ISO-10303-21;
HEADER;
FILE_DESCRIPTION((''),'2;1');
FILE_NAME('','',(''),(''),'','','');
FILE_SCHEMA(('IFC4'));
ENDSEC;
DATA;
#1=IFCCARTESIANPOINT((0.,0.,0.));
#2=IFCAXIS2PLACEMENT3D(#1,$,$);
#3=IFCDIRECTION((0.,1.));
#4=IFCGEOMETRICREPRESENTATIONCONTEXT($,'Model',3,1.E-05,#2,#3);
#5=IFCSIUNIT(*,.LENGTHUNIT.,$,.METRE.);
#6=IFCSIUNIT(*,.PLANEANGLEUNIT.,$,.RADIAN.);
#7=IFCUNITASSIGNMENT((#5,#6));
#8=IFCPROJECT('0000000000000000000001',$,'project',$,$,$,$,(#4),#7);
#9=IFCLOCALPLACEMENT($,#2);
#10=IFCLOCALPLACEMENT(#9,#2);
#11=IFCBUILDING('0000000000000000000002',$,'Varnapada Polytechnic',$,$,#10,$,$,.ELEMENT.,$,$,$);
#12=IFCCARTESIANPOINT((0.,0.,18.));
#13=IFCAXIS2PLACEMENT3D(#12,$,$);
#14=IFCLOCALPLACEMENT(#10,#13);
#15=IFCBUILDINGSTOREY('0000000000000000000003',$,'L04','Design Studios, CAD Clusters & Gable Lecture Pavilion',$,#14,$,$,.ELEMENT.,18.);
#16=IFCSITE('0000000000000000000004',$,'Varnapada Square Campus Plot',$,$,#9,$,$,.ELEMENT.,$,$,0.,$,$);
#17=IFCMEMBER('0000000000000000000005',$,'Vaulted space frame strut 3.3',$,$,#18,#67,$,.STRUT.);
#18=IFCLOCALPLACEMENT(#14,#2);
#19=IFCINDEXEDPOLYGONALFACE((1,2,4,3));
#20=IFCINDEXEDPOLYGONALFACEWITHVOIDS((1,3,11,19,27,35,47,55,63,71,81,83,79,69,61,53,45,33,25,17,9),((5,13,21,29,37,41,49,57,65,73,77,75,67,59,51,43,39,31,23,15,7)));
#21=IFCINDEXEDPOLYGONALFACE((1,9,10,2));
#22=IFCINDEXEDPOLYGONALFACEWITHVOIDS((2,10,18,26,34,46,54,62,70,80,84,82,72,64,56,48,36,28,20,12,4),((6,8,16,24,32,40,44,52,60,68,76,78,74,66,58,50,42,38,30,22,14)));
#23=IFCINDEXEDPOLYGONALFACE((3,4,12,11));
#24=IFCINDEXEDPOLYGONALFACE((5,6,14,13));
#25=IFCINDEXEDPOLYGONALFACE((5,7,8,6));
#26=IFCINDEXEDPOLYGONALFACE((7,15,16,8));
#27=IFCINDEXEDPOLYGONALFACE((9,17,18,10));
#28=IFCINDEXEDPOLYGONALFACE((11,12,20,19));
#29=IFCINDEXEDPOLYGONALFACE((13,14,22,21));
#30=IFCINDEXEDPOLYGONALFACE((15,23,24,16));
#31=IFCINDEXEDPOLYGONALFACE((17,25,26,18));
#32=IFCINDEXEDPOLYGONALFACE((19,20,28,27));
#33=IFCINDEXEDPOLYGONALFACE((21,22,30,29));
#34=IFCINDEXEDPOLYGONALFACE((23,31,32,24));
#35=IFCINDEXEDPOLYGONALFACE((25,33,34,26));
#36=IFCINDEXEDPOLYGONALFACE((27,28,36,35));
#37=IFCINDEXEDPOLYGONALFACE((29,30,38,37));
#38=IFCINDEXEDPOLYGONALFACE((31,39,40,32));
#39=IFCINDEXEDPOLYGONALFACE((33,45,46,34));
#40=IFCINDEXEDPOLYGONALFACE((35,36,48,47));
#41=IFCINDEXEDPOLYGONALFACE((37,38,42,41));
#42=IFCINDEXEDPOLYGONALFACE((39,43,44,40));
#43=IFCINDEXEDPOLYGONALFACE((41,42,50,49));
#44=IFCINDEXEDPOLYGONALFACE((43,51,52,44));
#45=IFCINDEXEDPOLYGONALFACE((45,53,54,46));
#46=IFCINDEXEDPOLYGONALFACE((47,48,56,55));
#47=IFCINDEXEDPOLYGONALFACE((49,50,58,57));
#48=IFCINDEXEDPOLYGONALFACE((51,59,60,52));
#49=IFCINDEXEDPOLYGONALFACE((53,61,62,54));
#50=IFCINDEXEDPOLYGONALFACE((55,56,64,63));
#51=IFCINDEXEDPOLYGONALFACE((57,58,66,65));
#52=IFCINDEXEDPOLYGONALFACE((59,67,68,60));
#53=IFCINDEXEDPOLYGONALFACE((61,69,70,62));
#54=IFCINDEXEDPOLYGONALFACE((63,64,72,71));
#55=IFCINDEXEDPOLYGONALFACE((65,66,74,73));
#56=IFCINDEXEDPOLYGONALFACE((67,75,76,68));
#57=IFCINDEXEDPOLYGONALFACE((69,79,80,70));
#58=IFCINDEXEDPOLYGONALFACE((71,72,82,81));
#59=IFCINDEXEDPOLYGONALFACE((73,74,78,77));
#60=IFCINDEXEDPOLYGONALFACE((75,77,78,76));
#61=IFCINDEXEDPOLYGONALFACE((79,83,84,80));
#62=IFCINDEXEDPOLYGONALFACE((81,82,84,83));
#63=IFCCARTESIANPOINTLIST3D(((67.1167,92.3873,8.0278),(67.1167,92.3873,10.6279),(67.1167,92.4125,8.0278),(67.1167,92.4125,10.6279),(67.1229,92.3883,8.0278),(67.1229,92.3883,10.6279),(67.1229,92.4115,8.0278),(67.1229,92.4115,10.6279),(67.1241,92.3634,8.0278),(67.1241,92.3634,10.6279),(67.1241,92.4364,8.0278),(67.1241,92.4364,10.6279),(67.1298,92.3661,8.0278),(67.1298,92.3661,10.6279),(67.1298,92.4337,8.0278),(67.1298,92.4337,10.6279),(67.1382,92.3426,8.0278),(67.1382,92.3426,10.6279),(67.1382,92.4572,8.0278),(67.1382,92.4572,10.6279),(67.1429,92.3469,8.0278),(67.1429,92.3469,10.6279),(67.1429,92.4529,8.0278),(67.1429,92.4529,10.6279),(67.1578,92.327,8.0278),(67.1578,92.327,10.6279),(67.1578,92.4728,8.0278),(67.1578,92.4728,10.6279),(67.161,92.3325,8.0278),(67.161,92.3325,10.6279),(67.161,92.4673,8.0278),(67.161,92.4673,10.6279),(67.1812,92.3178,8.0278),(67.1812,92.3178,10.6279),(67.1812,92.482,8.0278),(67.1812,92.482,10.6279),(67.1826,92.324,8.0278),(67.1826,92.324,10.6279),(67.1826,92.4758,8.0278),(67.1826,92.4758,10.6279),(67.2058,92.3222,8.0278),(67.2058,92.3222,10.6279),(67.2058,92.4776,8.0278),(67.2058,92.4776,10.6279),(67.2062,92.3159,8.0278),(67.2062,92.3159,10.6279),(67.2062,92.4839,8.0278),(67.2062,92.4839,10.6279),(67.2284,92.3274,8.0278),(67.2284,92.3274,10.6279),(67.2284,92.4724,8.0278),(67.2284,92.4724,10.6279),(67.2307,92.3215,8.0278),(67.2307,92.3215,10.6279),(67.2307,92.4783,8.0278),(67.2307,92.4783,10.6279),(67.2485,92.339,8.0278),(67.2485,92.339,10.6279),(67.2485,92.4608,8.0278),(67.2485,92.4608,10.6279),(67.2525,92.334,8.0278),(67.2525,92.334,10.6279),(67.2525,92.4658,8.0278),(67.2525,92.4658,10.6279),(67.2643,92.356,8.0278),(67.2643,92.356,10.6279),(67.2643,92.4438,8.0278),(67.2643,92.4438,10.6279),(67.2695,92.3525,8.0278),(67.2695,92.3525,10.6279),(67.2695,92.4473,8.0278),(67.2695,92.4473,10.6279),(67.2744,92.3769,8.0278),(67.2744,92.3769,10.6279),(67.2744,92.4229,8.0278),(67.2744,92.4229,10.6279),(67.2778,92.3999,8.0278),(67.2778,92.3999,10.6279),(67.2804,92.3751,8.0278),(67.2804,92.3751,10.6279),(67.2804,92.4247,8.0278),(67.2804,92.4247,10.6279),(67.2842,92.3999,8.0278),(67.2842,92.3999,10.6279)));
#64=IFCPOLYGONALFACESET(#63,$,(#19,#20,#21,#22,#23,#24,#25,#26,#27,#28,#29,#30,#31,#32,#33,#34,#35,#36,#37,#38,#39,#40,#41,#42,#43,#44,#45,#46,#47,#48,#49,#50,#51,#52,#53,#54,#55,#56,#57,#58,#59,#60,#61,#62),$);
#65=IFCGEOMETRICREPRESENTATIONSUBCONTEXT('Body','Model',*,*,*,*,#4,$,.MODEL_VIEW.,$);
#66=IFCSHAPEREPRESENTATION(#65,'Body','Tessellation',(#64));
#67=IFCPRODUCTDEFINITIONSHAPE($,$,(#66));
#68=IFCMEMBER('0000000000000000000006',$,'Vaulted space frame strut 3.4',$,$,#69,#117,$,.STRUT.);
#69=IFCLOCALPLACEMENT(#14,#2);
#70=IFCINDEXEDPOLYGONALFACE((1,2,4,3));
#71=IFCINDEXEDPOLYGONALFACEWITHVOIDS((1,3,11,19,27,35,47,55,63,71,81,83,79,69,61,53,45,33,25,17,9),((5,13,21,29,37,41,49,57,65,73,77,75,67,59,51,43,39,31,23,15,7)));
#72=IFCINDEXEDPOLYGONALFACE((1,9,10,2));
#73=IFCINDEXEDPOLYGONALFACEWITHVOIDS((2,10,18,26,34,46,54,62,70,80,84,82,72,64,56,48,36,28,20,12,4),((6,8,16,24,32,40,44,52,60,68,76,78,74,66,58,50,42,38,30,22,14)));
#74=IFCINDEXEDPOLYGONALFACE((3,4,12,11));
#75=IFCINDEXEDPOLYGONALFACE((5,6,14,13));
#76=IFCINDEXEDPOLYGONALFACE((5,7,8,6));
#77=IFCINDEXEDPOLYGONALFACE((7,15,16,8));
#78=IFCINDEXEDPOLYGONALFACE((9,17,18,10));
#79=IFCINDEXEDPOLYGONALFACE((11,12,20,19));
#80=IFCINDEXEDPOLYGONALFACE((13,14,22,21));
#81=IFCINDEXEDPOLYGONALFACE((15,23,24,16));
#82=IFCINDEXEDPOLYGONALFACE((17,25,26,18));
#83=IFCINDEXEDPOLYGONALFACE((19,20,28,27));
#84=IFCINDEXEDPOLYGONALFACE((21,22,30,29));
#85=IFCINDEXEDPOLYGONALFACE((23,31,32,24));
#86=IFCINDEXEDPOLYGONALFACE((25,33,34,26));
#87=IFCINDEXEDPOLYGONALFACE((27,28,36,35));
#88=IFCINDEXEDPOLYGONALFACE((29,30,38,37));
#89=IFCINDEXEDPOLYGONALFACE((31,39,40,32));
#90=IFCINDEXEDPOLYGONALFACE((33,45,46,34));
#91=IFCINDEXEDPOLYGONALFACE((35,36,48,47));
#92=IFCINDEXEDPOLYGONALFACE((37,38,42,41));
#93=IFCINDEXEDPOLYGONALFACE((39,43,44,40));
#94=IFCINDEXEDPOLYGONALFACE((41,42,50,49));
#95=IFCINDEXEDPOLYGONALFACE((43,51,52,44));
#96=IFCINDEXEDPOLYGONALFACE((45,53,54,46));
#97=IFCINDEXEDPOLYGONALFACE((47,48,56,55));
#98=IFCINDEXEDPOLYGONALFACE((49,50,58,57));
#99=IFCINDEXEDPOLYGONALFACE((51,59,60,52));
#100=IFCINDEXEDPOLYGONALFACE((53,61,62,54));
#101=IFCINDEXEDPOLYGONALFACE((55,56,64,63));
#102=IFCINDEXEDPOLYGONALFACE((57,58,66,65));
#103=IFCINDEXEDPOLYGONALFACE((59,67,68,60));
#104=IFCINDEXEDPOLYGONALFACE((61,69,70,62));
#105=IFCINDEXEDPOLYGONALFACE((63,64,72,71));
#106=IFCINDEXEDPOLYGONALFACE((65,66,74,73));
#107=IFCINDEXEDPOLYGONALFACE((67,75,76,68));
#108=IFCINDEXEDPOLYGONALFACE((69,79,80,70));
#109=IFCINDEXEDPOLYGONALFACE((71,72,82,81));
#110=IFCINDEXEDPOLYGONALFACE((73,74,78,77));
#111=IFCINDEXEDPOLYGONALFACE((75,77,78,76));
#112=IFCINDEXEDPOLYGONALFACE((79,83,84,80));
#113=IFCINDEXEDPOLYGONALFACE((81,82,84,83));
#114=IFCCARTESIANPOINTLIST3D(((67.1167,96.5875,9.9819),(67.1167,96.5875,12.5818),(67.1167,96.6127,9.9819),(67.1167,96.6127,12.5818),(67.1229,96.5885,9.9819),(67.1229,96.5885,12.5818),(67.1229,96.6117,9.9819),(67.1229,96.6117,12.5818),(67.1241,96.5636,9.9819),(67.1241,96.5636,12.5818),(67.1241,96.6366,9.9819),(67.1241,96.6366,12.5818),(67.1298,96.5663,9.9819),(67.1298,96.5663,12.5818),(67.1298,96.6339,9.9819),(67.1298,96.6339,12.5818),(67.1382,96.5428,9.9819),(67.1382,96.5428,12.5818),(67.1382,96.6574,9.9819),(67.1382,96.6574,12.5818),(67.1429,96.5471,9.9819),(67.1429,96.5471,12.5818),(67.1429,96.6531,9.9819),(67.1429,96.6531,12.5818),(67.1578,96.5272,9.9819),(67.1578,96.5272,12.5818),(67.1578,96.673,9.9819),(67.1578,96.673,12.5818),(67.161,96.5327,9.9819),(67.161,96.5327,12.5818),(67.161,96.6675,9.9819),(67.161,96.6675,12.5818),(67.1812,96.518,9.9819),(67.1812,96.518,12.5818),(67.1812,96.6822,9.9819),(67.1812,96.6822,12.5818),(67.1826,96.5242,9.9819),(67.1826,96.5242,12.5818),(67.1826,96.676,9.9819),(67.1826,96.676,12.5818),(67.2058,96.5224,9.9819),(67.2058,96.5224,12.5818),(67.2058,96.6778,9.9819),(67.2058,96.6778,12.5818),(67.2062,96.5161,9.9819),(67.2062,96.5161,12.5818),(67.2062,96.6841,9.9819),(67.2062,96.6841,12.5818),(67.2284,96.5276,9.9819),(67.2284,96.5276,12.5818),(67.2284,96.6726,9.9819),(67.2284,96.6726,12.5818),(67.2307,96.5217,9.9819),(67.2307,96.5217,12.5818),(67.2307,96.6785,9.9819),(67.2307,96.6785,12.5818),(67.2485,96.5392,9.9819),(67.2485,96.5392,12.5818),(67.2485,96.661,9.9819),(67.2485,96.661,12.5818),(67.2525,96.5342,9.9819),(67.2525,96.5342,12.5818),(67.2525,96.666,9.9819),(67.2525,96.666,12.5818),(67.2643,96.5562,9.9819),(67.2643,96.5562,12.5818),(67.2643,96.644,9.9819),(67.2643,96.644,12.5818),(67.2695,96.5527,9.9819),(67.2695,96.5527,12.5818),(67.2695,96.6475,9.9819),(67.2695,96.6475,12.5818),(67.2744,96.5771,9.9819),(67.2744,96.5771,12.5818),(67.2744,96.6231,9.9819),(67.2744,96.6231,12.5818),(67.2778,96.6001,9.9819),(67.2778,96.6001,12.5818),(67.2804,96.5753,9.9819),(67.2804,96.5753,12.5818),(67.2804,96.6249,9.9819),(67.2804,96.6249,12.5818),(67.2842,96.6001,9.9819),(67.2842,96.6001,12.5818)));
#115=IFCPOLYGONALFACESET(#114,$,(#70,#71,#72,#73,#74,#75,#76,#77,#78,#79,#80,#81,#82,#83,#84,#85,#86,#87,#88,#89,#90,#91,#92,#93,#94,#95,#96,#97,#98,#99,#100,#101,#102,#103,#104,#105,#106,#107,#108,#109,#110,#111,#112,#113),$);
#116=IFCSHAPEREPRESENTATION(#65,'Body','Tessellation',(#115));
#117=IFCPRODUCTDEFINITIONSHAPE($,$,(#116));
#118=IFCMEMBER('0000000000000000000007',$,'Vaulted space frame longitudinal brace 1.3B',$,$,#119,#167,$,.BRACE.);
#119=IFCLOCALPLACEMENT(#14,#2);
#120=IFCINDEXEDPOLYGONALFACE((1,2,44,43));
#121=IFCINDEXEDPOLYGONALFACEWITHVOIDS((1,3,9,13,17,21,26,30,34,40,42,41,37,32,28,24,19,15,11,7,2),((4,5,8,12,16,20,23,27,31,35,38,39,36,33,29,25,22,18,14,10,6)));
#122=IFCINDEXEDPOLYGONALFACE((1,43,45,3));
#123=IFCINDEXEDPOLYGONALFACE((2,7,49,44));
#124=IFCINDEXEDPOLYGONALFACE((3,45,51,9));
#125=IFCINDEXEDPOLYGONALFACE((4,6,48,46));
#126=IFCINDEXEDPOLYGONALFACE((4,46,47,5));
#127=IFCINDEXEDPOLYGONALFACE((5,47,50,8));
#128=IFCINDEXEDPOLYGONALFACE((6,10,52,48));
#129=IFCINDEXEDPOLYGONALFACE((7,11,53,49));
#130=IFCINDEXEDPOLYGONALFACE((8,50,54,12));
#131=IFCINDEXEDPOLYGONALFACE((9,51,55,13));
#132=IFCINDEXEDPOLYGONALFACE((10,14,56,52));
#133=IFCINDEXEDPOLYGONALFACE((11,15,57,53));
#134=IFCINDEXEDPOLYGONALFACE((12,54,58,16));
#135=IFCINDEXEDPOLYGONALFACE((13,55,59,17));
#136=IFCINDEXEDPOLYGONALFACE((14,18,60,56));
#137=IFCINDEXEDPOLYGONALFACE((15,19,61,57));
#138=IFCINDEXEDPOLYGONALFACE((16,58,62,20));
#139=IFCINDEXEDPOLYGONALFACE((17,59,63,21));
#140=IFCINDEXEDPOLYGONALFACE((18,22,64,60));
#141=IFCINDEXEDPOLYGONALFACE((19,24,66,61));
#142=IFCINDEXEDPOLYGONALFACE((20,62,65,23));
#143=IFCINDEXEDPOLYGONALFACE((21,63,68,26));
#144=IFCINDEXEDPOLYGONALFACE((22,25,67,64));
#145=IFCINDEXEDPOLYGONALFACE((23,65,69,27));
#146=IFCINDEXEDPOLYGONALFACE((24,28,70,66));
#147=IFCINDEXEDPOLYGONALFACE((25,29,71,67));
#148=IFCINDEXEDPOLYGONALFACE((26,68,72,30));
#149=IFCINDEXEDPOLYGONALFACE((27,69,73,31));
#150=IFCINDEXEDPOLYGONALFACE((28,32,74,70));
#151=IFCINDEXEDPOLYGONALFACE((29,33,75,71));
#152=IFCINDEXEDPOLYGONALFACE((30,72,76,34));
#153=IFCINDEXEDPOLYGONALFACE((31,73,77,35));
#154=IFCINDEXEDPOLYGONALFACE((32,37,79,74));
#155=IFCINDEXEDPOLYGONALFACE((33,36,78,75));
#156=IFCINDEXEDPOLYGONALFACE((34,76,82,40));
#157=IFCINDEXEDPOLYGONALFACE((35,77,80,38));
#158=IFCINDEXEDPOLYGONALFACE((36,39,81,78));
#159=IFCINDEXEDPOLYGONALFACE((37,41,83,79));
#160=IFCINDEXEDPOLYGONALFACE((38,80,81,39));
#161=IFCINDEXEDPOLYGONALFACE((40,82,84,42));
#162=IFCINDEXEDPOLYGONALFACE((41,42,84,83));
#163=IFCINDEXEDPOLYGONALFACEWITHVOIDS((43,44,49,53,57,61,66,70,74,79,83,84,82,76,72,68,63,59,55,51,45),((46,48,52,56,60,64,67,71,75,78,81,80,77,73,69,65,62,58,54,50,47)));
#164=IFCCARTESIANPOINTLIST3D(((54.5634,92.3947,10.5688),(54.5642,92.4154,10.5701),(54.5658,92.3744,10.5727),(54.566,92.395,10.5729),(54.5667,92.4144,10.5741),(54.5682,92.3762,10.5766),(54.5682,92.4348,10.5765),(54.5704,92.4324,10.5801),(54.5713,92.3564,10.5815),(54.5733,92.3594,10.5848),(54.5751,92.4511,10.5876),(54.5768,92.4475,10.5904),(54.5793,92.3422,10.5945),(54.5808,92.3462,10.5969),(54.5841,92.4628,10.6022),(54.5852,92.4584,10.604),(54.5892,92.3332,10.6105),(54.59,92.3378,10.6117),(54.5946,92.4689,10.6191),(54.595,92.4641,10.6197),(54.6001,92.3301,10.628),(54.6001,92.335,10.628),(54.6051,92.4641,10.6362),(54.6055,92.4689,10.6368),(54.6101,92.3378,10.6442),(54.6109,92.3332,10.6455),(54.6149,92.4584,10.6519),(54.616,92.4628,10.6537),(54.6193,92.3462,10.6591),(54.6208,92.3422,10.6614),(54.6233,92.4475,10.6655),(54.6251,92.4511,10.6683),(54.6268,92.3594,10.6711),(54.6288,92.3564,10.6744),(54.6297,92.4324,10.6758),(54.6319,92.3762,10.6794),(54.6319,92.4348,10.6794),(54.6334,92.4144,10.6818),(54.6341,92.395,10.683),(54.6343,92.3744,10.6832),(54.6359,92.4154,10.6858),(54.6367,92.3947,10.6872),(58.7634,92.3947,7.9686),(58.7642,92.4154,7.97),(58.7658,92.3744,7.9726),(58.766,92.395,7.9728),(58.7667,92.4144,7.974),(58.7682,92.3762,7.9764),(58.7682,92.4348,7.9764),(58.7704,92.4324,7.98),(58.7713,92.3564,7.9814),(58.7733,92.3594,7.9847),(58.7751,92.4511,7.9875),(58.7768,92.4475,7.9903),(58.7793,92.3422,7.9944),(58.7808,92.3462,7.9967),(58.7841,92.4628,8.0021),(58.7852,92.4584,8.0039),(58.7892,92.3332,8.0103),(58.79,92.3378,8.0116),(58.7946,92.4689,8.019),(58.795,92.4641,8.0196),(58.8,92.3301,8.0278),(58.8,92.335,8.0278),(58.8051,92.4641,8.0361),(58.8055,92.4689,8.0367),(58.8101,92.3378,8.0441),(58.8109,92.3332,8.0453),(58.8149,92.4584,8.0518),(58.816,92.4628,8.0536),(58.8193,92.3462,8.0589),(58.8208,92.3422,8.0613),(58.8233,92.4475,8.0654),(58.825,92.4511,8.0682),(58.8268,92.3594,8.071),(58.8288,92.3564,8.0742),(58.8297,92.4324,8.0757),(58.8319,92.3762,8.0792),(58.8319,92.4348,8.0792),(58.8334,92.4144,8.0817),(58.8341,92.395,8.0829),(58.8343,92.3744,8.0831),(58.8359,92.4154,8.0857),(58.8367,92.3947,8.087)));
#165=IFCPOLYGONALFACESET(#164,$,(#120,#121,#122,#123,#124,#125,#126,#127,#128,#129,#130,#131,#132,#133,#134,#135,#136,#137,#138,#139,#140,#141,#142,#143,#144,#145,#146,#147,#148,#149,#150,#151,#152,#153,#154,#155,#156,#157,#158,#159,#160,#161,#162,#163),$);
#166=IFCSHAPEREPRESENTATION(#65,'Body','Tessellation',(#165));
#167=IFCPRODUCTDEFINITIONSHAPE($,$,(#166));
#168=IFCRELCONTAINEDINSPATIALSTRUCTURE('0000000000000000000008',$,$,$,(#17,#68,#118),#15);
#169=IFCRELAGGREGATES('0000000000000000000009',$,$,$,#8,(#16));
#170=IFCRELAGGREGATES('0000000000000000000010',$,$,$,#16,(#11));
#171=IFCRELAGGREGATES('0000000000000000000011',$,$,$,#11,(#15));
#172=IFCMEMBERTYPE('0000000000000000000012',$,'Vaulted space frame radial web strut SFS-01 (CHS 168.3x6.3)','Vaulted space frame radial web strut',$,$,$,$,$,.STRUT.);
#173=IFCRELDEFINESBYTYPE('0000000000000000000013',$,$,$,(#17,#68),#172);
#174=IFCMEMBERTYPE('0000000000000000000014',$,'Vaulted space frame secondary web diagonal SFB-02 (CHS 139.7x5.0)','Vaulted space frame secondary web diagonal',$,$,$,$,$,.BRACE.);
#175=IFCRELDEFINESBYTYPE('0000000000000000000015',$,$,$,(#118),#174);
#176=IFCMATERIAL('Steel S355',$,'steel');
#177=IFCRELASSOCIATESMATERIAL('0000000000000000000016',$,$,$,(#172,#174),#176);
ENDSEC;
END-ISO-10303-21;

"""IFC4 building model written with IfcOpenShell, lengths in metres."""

from ifc_helpers import new_model, si_unit, direction, frame, origin, origin_2d, place, context, subcontext, project, spatial, hollow_circle, extrude, material, material_profile, profile_set, type_object, element, save


model = new_model("IFC4")

# Units and contexts
model_context = context("Model", 3, precision=1e-05, world=origin(), true_north=direction((0.0, 1.0)))
body_context = subcontext(model_context, "Body", "Model", "MODEL_VIEW")
ifc_project = project(units=[si_unit("LENGTHUNIT", "METRE"), si_unit("PLANEANGLEUNIT", "RADIAN")], contexts=[model_context])

# Site, building, storey
site_placement = place(None, origin())
site = spatial("IfcSite", under=ifc_project, at=site_placement, Name="Varnapada Square Campus Plot", CompositionType="ELEMENT", RefElevation=0.0)
building_placement = place(site_placement, origin())
building = spatial("IfcBuilding", under=site, at=building_placement, Name="Varnapada Polytechnic", CompositionType="ELEMENT")
storey_placement = place(building_placement, frame((0.0, 0.0, 18.0)))
storey = spatial("IfcBuildingStorey", under=building, at=storey_placement, Name="L04", Description="Design Studios, CAD Clusters & Gable Lecture Pavilion", CompositionType="ELEMENT", Elevation=18.0)

# Shared definitions
ifc_material = material(Name="Steel S355", Category="steel")

# Members
ifc_material_profile_1 = material_profile(ifc_material, hollow_circle(Radius=0.0842, WallThickness=0.0063, at=origin_2d()), Name="CHS 168.3x6.3")
ifc_profile_set_1 = profile_set([ifc_material_profile_1], Name="Steel S355")
member_type_1 = type_object("IfcMemberType", Name="Vaulted space frame radial web strut SFS-01 (CHS 168.3x6.3)", Description="Vaulted space frame radial web strut", PredefinedType="STRUT", material=ifc_profile_set_1)
member_1_placement = place(storey_placement, frame((67.2, 92.3999, 8.0278), z_axis=(0.0, 0.0, 1.0), x_axis=(1.0, 0.0, 0.0)))
element("IfcMember", 1, at=member_1_placement, inside=storey, type_object=member_type_1, Name="Vaulted space frame strut 3.3", PredefinedType="STRUT", context=body_context, shape_type="SweptSolid", body=[
    extrude(hollow_circle(Radius=0.0842, WallThickness=0.0063, at=origin_2d()), origin(), (0.0, 0.0, 1.0), 2.6001),
])
member_2_placement = place(storey_placement, frame((67.2, 96.6001, 9.9819), z_axis=(0.0, 0.0, 1.0), x_axis=(1.0, 0.0, 0.0)))
element("IfcMember", 2, at=member_2_placement, inside=storey, type_object=member_type_1, Name="Vaulted space frame strut 3.4", PredefinedType="STRUT", context=body_context, shape_type="SweptSolid", body=[
    extrude(hollow_circle(Radius=0.0842, WallThickness=0.0063, at=origin_2d()), origin(), (0.0, 0.0, 1.0), 2.5999),
])
ifc_material_profile_2 = material_profile(ifc_material, hollow_circle(Radius=0.0698, WallThickness=0.0049, at=origin_2d()), Name="CHS 139.7x5.0")
ifc_profile_set_2 = profile_set([ifc_material_profile_2], Name="Steel S355")
member_type_2 = type_object("IfcMemberType", Name="Vaulted space frame secondary web diagonal SFB-02 (CHS 139.7x5.0)", Description="Vaulted space frame secondary web diagonal", PredefinedType="BRACE", material=ifc_profile_set_2)
for number, where, z_axis, x_axis, name in (
    (3, (58.8, 92.3999, 8.0278), (-0.850254, 0.0, 0.526373), (0.0, -1.0, 0.0), "Vaulted space frame longitudinal brace 1.3B"),
):
    element("IfcMember", number, at=place(storey_placement, frame(where, z_axis=z_axis, x_axis=x_axis)), inside=storey, type_object=member_type_2, Name=name, PredefinedType="BRACE", context=body_context, shape_type="SweptSolid", body=[
        extrude(hollow_circle(Radius=0.0698, WallThickness=0.0049, at=origin_2d()), origin(), (0.0, 0.0, 1.0), 4.9397),
    ])

save(model, "model.ifc")
